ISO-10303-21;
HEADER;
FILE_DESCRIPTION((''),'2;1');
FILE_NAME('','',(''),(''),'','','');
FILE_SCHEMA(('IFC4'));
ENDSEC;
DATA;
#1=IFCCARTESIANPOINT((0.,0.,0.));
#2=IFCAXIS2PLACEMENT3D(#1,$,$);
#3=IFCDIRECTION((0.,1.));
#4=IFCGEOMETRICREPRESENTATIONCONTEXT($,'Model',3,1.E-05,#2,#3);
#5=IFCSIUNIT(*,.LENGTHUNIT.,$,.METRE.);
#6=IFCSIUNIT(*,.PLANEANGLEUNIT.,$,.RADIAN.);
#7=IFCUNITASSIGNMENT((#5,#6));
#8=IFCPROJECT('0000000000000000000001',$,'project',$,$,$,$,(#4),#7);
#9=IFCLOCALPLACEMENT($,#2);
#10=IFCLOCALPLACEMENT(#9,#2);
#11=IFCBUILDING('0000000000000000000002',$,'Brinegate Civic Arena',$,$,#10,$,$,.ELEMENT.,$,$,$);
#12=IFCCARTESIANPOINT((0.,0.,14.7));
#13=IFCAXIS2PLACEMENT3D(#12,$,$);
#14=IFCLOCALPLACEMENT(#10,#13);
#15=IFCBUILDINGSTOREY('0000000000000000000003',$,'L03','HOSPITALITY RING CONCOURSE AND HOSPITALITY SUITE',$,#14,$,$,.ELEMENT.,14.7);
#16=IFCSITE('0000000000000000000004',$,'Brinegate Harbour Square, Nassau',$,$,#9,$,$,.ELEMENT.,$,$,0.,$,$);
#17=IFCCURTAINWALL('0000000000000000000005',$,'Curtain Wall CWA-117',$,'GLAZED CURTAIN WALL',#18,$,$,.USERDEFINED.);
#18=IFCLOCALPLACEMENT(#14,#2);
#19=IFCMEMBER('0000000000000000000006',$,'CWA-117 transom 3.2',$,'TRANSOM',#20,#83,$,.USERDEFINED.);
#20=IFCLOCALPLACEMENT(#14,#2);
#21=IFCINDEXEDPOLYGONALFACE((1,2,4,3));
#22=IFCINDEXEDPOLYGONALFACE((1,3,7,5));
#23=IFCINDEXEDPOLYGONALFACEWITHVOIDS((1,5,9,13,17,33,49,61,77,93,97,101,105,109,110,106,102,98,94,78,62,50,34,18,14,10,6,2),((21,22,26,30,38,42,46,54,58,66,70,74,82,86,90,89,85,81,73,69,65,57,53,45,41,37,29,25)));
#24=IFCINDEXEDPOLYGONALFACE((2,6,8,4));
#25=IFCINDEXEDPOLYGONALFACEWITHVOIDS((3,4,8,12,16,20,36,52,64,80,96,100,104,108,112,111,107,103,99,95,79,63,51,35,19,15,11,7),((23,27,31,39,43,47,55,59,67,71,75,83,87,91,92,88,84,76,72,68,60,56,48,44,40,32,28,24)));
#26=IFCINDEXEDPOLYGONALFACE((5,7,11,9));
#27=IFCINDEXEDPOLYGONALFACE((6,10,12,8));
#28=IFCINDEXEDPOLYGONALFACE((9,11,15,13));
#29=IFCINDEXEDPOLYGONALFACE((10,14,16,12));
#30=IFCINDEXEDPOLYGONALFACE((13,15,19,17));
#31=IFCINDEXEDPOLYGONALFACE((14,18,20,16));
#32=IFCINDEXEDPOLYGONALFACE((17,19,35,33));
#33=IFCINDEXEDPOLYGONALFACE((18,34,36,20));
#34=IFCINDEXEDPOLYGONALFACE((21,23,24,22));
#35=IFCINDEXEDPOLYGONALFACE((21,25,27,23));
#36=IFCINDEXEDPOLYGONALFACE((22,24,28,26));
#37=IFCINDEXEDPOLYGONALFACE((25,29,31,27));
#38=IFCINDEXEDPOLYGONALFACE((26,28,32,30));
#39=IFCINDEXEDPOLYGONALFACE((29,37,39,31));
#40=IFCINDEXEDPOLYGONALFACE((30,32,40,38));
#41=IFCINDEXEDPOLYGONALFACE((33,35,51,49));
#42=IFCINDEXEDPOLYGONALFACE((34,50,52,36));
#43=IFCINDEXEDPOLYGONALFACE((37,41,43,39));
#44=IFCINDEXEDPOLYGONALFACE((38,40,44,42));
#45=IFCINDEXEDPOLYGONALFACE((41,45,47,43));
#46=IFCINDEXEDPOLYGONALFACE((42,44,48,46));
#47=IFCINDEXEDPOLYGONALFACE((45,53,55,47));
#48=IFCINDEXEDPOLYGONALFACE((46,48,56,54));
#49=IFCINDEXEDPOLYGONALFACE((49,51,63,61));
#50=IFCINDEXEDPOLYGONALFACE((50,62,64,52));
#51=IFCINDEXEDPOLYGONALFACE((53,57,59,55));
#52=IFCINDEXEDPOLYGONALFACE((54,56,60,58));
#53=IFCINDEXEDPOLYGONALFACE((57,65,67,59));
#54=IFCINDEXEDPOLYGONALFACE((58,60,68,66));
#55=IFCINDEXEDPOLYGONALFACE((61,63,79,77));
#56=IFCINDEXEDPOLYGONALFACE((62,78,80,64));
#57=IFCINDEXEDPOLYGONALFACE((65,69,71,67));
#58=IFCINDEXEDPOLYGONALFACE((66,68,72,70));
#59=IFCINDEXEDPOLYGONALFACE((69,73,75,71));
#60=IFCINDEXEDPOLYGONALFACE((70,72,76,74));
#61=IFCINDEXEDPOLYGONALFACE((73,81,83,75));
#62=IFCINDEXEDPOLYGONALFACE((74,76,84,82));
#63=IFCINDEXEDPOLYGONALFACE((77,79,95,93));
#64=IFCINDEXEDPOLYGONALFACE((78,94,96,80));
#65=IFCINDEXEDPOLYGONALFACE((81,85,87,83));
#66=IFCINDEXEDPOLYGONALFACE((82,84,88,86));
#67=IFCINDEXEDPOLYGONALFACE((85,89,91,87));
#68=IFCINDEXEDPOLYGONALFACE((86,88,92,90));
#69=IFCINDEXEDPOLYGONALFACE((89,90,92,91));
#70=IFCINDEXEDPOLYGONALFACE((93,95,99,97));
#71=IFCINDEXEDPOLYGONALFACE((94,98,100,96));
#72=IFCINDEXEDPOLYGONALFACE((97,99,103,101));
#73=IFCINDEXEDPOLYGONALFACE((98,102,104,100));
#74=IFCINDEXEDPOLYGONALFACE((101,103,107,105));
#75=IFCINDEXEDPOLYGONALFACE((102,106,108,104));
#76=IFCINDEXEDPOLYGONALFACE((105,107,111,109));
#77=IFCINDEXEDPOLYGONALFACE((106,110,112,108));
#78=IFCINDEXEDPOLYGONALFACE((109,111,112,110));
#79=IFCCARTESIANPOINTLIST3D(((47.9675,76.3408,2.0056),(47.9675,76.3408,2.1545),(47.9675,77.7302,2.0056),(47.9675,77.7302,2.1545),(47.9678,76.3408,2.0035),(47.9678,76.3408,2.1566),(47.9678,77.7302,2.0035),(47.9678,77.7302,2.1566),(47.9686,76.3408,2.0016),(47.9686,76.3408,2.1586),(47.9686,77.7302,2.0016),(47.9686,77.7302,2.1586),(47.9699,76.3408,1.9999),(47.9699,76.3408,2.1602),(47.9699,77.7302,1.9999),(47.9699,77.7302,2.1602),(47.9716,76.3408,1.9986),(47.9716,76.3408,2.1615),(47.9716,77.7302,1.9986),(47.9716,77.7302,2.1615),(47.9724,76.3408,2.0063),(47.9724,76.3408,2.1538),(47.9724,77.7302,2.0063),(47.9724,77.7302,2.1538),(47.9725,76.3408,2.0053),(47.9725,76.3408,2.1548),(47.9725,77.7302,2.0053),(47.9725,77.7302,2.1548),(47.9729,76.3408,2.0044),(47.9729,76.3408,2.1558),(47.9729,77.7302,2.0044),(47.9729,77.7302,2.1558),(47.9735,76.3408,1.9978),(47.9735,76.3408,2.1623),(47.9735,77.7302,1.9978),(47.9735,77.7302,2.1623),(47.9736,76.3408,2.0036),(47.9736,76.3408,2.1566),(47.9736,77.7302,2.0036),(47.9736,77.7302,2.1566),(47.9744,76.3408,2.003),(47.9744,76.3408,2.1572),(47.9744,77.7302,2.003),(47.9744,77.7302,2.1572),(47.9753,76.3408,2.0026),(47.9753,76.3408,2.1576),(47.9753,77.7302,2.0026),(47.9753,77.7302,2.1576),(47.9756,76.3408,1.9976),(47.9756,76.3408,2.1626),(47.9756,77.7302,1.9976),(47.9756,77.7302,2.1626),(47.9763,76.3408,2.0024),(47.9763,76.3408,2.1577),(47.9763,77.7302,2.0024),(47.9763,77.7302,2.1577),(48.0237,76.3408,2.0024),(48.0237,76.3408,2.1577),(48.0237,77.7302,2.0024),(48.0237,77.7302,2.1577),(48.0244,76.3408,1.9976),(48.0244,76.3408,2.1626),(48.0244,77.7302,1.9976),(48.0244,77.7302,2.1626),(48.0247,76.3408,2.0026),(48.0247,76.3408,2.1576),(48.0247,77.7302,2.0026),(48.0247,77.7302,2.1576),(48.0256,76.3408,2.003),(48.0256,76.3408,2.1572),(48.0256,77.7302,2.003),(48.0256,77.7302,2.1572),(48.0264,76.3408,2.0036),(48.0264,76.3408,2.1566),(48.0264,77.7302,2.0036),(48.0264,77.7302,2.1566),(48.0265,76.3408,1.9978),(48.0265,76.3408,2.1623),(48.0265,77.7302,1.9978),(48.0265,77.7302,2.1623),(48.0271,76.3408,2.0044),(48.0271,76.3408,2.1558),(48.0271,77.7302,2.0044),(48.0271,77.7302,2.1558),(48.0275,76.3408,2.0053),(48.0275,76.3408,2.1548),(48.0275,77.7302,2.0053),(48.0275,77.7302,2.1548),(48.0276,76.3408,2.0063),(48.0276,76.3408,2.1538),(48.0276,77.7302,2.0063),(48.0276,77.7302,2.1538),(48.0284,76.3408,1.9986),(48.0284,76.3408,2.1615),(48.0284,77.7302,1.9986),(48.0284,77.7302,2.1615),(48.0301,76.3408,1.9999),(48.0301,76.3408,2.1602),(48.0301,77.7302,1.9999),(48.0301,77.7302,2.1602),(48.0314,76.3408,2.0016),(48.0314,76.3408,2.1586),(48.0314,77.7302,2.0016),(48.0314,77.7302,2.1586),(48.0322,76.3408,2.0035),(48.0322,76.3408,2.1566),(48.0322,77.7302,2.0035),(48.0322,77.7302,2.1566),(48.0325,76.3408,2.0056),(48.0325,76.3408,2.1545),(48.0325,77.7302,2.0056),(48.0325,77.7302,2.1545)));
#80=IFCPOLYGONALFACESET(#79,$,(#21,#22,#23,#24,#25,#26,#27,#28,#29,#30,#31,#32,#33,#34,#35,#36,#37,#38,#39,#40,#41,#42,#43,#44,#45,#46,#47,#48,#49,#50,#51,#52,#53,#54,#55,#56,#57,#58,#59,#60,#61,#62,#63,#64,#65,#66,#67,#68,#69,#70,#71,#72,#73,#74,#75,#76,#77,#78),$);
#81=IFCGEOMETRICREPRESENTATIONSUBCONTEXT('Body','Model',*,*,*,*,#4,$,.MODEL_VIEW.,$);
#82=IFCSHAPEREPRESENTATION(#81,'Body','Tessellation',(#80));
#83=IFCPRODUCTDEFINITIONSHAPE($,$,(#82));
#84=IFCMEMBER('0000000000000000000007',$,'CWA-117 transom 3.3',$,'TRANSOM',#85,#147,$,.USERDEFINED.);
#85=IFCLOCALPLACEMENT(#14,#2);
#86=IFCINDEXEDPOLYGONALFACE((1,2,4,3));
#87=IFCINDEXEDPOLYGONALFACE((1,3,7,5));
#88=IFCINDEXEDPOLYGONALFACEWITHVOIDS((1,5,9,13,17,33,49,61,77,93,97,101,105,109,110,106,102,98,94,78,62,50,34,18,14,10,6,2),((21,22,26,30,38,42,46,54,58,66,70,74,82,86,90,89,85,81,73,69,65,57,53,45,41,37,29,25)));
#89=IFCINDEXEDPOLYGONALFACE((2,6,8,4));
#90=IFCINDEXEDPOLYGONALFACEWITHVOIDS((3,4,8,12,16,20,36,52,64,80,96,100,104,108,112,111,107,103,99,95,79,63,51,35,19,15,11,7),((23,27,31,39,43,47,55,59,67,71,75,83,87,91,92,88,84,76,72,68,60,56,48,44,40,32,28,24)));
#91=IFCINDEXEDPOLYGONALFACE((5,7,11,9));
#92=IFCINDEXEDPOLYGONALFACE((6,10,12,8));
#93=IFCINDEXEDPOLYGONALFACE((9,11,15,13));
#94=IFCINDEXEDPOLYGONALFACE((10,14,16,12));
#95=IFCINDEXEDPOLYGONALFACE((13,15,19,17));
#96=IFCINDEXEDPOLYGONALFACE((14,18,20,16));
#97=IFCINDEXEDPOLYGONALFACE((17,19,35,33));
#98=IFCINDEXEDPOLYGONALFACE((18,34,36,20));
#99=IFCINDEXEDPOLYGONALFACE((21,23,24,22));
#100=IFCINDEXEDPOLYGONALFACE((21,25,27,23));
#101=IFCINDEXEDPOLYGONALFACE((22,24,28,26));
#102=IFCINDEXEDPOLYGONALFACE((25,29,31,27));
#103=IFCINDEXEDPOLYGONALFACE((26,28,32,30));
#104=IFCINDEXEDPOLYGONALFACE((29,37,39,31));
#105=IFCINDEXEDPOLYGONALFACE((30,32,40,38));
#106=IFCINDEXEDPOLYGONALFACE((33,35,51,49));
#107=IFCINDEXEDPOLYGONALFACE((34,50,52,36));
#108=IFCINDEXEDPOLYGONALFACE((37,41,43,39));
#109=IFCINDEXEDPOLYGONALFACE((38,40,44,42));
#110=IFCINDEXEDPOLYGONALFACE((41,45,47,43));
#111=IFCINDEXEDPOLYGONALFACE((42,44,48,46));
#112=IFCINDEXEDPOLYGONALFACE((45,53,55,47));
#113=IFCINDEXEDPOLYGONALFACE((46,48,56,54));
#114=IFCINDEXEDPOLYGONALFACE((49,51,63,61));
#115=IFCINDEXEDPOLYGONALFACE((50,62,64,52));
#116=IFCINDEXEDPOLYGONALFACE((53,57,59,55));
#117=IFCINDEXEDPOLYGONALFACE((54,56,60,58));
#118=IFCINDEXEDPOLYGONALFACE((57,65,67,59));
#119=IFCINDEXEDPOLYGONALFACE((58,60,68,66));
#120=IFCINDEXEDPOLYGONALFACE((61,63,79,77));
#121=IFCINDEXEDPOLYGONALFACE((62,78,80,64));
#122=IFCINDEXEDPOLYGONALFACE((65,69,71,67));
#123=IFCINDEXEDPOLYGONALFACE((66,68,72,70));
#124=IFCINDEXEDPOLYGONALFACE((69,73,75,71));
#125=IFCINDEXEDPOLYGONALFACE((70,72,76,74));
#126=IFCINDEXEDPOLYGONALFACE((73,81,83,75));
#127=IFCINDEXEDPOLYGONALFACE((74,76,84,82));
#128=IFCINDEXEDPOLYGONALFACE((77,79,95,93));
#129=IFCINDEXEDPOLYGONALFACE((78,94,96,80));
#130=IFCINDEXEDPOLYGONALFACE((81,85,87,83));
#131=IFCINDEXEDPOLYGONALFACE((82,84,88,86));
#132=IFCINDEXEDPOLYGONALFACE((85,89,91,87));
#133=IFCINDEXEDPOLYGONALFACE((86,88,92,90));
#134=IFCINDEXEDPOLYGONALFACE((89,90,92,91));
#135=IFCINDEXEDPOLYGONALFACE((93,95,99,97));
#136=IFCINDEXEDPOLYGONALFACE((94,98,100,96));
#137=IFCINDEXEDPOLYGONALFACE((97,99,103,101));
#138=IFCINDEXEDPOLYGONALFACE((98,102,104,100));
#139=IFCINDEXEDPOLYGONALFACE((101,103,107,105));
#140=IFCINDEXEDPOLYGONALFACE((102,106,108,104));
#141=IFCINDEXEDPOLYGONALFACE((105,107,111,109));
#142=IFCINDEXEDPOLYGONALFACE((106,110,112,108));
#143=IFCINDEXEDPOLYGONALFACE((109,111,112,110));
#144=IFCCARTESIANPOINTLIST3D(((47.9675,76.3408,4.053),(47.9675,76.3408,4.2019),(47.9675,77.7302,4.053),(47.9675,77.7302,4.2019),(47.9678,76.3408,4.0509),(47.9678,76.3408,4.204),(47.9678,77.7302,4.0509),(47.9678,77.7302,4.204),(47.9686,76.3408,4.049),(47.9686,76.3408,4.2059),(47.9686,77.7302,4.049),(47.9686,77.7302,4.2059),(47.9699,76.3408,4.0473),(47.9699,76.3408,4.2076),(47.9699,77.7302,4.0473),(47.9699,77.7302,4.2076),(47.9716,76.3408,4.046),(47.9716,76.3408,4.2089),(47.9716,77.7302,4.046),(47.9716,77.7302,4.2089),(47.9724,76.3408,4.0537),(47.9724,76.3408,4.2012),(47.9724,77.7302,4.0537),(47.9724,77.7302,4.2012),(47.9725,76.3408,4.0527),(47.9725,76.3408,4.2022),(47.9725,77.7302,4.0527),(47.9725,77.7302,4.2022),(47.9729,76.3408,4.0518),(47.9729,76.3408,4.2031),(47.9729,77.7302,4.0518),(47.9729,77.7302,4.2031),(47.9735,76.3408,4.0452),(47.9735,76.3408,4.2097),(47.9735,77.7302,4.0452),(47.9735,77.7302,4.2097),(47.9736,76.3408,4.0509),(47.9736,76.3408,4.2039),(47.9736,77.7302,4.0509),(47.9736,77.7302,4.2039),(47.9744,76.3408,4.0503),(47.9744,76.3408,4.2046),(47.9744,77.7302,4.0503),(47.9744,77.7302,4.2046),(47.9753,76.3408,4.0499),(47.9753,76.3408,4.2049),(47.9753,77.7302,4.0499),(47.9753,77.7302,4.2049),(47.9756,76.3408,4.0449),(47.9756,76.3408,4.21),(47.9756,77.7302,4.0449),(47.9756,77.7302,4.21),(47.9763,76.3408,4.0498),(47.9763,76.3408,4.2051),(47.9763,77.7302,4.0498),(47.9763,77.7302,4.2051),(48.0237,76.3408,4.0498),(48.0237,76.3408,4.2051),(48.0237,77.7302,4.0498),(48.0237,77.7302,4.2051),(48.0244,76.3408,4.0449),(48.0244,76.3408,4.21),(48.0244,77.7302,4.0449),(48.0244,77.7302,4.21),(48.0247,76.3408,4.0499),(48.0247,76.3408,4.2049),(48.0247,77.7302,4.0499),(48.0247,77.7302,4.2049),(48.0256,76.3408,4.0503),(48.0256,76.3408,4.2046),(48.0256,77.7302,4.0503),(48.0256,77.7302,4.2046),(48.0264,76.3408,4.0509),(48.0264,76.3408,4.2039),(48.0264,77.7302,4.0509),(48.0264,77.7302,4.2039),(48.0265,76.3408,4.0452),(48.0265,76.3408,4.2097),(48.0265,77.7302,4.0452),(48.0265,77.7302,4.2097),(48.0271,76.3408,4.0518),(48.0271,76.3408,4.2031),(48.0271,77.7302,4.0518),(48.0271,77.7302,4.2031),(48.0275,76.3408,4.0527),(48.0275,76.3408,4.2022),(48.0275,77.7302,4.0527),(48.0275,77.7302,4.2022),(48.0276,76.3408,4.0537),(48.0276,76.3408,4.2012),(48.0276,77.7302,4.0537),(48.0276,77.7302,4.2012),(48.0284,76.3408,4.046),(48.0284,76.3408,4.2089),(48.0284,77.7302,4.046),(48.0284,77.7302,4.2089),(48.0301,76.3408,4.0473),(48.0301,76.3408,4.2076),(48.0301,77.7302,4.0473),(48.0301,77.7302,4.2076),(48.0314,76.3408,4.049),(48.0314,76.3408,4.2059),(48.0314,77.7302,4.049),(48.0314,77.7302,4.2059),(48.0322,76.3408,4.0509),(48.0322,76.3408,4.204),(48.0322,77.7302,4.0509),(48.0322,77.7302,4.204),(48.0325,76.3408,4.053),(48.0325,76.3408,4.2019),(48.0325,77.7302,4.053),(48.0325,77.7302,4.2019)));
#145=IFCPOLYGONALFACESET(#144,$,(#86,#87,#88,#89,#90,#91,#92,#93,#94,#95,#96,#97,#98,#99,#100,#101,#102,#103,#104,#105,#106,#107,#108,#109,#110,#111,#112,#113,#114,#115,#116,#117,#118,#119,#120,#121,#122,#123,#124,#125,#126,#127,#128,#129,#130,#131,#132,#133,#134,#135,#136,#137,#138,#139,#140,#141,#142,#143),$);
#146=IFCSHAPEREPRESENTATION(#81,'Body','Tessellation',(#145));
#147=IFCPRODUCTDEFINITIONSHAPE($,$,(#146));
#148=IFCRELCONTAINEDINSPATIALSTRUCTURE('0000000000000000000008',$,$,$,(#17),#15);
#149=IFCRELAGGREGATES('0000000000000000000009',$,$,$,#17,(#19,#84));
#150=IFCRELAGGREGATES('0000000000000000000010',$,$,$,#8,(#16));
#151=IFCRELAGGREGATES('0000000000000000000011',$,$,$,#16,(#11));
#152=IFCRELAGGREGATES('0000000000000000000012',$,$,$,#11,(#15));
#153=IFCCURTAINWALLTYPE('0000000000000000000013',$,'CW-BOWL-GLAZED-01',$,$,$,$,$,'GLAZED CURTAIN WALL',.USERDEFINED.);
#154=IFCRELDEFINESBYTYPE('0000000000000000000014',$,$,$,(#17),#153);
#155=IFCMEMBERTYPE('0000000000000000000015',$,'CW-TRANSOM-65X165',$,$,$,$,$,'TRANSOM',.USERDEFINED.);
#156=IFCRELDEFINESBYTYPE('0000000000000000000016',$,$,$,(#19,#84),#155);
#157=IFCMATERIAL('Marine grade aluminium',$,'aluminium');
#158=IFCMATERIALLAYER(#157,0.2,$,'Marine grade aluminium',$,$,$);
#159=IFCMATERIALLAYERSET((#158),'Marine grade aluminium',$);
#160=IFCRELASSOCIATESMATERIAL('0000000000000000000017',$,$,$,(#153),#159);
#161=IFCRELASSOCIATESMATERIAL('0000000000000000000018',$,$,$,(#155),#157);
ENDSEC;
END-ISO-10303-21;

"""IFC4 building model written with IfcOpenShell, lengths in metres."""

from ifc_helpers import new_model, si_unit, direction, frame, origin, origin_2d, place, context, subcontext, project, spatial, hollow_rectangle, extrude, material, layer, layer_set, material_profile, profile_set, type_object, element, aggregate, save


model = new_model("IFC4")

# Units and contexts
model_context = context("Model", 3, precision=1e-05, world=origin(), true_north=direction((0.0, 1.0)))
body_context = subcontext(model_context, "Body", "Model", "MODEL_VIEW")
ifc_project = project(units=[si_unit("LENGTHUNIT", "METRE"), si_unit("PLANEANGLEUNIT", "RADIAN")], contexts=[model_context])

# Site, building, storey
site_placement = place(None, origin())
site = spatial("IfcSite", under=ifc_project, at=site_placement, Name="Brinegate Harbour Square, Nassau", CompositionType="ELEMENT", RefElevation=0.0)
building_placement = place(site_placement, origin())
building = spatial("IfcBuilding", under=site, at=building_placement, Name="Brinegate Civic Arena", CompositionType="ELEMENT")
storey_placement = place(building_placement, frame((0.0, 0.0, 14.7)))
storey = spatial("IfcBuildingStorey", under=building, at=storey_placement, Name="L03", Description="HOSPITALITY RING CONCOURSE AND HOSPITALITY SUITE", CompositionType="ELEMENT", Elevation=14.7)

# Curtain wall
ifc_material_1 = material(Name="Marine grade aluminium", Category="aluminium")
ifc_layer_1 = layer(ifc_material_1, 0.2, Name="Marine grade aluminium")
ifc_layer_set_1 = layer_set([ifc_layer_1], Name="Marine grade aluminium")
curtain_wall_type = type_object("IfcCurtainWallType", Name="CW-BOWL-GLAZED-01", ElementType="GLAZED CURTAIN WALL", PredefinedType="USERDEFINED", material=ifc_layer_set_1)
curtain_wall_1_placement = place(storey_placement, origin())
curtain_wall_1 = element("IfcCurtainWall", 1, at=curtain_wall_1_placement, inside=storey, type_object=curtain_wall_type, Name="Curtain Wall CWA-117", ObjectType="GLAZED CURTAIN WALL", PredefinedType="USERDEFINED")

# Members
ifc_material_profile_1 = material_profile(ifc_material_1, hollow_rectangle(XDim=0.0649, YDim=0.165, WallThickness=0.0049, InnerFilletRadius=0.0039, OuterFilletRadius=0.0081, at=origin_2d()), Name="TRN65X165")
ifc_profile_set_1 = profile_set([ifc_material_profile_1], Name="Marine grade aluminium")
member_type_1 = type_object("IfcMemberType", Name="CW-TRANSOM-65X165", ElementType="TRANSOM", PredefinedType="USERDEFINED", material=ifc_profile_set_1)
member_1_placement = place(storey_placement, frame((48.0, 76.3408, 2.0801), z_axis=(0.0, 1.0, 0.0), x_axis=(-1.0, 0.0, 0.0)))
member_1 = element("IfcMember", 2, at=member_1_placement, type_object=member_type_1, Name="CWA-117 transom 3.2", ObjectType="TRANSOM", PredefinedType="USERDEFINED", context=body_context, shape_type="SweptSolid", body=[
    extrude(hollow_rectangle(XDim=0.0649, YDim=0.165, WallThickness=0.0049, InnerFilletRadius=0.0039, OuterFilletRadius=0.0081, at=origin_2d()), origin(), (0.0, 0.0, 1.0), 1.3894),
])
member_2_placement = place(storey_placement, frame((48.0, 76.3408, 4.1274), z_axis=(0.0, 1.0, 0.0), x_axis=(-1.0, 0.0, 0.0)))
member_2 = element("IfcMember", 3, at=member_2_placement, type_object=member_type_1, Name="CWA-117 transom 3.3", ObjectType="TRANSOM", PredefinedType="USERDEFINED", context=body_context, shape_type="SweptSolid", body=[
    extrude(hollow_rectangle(XDim=0.0649, YDim=0.165, WallThickness=0.0049, InnerFilletRadius=0.0039, OuterFilletRadius=0.0081, at=origin_2d()), origin(), (0.0, 0.0, 1.0), 1.3894),
])

aggregate(curtain_wall_1, [member_1, member_2])

save(model, "model.ifc")
